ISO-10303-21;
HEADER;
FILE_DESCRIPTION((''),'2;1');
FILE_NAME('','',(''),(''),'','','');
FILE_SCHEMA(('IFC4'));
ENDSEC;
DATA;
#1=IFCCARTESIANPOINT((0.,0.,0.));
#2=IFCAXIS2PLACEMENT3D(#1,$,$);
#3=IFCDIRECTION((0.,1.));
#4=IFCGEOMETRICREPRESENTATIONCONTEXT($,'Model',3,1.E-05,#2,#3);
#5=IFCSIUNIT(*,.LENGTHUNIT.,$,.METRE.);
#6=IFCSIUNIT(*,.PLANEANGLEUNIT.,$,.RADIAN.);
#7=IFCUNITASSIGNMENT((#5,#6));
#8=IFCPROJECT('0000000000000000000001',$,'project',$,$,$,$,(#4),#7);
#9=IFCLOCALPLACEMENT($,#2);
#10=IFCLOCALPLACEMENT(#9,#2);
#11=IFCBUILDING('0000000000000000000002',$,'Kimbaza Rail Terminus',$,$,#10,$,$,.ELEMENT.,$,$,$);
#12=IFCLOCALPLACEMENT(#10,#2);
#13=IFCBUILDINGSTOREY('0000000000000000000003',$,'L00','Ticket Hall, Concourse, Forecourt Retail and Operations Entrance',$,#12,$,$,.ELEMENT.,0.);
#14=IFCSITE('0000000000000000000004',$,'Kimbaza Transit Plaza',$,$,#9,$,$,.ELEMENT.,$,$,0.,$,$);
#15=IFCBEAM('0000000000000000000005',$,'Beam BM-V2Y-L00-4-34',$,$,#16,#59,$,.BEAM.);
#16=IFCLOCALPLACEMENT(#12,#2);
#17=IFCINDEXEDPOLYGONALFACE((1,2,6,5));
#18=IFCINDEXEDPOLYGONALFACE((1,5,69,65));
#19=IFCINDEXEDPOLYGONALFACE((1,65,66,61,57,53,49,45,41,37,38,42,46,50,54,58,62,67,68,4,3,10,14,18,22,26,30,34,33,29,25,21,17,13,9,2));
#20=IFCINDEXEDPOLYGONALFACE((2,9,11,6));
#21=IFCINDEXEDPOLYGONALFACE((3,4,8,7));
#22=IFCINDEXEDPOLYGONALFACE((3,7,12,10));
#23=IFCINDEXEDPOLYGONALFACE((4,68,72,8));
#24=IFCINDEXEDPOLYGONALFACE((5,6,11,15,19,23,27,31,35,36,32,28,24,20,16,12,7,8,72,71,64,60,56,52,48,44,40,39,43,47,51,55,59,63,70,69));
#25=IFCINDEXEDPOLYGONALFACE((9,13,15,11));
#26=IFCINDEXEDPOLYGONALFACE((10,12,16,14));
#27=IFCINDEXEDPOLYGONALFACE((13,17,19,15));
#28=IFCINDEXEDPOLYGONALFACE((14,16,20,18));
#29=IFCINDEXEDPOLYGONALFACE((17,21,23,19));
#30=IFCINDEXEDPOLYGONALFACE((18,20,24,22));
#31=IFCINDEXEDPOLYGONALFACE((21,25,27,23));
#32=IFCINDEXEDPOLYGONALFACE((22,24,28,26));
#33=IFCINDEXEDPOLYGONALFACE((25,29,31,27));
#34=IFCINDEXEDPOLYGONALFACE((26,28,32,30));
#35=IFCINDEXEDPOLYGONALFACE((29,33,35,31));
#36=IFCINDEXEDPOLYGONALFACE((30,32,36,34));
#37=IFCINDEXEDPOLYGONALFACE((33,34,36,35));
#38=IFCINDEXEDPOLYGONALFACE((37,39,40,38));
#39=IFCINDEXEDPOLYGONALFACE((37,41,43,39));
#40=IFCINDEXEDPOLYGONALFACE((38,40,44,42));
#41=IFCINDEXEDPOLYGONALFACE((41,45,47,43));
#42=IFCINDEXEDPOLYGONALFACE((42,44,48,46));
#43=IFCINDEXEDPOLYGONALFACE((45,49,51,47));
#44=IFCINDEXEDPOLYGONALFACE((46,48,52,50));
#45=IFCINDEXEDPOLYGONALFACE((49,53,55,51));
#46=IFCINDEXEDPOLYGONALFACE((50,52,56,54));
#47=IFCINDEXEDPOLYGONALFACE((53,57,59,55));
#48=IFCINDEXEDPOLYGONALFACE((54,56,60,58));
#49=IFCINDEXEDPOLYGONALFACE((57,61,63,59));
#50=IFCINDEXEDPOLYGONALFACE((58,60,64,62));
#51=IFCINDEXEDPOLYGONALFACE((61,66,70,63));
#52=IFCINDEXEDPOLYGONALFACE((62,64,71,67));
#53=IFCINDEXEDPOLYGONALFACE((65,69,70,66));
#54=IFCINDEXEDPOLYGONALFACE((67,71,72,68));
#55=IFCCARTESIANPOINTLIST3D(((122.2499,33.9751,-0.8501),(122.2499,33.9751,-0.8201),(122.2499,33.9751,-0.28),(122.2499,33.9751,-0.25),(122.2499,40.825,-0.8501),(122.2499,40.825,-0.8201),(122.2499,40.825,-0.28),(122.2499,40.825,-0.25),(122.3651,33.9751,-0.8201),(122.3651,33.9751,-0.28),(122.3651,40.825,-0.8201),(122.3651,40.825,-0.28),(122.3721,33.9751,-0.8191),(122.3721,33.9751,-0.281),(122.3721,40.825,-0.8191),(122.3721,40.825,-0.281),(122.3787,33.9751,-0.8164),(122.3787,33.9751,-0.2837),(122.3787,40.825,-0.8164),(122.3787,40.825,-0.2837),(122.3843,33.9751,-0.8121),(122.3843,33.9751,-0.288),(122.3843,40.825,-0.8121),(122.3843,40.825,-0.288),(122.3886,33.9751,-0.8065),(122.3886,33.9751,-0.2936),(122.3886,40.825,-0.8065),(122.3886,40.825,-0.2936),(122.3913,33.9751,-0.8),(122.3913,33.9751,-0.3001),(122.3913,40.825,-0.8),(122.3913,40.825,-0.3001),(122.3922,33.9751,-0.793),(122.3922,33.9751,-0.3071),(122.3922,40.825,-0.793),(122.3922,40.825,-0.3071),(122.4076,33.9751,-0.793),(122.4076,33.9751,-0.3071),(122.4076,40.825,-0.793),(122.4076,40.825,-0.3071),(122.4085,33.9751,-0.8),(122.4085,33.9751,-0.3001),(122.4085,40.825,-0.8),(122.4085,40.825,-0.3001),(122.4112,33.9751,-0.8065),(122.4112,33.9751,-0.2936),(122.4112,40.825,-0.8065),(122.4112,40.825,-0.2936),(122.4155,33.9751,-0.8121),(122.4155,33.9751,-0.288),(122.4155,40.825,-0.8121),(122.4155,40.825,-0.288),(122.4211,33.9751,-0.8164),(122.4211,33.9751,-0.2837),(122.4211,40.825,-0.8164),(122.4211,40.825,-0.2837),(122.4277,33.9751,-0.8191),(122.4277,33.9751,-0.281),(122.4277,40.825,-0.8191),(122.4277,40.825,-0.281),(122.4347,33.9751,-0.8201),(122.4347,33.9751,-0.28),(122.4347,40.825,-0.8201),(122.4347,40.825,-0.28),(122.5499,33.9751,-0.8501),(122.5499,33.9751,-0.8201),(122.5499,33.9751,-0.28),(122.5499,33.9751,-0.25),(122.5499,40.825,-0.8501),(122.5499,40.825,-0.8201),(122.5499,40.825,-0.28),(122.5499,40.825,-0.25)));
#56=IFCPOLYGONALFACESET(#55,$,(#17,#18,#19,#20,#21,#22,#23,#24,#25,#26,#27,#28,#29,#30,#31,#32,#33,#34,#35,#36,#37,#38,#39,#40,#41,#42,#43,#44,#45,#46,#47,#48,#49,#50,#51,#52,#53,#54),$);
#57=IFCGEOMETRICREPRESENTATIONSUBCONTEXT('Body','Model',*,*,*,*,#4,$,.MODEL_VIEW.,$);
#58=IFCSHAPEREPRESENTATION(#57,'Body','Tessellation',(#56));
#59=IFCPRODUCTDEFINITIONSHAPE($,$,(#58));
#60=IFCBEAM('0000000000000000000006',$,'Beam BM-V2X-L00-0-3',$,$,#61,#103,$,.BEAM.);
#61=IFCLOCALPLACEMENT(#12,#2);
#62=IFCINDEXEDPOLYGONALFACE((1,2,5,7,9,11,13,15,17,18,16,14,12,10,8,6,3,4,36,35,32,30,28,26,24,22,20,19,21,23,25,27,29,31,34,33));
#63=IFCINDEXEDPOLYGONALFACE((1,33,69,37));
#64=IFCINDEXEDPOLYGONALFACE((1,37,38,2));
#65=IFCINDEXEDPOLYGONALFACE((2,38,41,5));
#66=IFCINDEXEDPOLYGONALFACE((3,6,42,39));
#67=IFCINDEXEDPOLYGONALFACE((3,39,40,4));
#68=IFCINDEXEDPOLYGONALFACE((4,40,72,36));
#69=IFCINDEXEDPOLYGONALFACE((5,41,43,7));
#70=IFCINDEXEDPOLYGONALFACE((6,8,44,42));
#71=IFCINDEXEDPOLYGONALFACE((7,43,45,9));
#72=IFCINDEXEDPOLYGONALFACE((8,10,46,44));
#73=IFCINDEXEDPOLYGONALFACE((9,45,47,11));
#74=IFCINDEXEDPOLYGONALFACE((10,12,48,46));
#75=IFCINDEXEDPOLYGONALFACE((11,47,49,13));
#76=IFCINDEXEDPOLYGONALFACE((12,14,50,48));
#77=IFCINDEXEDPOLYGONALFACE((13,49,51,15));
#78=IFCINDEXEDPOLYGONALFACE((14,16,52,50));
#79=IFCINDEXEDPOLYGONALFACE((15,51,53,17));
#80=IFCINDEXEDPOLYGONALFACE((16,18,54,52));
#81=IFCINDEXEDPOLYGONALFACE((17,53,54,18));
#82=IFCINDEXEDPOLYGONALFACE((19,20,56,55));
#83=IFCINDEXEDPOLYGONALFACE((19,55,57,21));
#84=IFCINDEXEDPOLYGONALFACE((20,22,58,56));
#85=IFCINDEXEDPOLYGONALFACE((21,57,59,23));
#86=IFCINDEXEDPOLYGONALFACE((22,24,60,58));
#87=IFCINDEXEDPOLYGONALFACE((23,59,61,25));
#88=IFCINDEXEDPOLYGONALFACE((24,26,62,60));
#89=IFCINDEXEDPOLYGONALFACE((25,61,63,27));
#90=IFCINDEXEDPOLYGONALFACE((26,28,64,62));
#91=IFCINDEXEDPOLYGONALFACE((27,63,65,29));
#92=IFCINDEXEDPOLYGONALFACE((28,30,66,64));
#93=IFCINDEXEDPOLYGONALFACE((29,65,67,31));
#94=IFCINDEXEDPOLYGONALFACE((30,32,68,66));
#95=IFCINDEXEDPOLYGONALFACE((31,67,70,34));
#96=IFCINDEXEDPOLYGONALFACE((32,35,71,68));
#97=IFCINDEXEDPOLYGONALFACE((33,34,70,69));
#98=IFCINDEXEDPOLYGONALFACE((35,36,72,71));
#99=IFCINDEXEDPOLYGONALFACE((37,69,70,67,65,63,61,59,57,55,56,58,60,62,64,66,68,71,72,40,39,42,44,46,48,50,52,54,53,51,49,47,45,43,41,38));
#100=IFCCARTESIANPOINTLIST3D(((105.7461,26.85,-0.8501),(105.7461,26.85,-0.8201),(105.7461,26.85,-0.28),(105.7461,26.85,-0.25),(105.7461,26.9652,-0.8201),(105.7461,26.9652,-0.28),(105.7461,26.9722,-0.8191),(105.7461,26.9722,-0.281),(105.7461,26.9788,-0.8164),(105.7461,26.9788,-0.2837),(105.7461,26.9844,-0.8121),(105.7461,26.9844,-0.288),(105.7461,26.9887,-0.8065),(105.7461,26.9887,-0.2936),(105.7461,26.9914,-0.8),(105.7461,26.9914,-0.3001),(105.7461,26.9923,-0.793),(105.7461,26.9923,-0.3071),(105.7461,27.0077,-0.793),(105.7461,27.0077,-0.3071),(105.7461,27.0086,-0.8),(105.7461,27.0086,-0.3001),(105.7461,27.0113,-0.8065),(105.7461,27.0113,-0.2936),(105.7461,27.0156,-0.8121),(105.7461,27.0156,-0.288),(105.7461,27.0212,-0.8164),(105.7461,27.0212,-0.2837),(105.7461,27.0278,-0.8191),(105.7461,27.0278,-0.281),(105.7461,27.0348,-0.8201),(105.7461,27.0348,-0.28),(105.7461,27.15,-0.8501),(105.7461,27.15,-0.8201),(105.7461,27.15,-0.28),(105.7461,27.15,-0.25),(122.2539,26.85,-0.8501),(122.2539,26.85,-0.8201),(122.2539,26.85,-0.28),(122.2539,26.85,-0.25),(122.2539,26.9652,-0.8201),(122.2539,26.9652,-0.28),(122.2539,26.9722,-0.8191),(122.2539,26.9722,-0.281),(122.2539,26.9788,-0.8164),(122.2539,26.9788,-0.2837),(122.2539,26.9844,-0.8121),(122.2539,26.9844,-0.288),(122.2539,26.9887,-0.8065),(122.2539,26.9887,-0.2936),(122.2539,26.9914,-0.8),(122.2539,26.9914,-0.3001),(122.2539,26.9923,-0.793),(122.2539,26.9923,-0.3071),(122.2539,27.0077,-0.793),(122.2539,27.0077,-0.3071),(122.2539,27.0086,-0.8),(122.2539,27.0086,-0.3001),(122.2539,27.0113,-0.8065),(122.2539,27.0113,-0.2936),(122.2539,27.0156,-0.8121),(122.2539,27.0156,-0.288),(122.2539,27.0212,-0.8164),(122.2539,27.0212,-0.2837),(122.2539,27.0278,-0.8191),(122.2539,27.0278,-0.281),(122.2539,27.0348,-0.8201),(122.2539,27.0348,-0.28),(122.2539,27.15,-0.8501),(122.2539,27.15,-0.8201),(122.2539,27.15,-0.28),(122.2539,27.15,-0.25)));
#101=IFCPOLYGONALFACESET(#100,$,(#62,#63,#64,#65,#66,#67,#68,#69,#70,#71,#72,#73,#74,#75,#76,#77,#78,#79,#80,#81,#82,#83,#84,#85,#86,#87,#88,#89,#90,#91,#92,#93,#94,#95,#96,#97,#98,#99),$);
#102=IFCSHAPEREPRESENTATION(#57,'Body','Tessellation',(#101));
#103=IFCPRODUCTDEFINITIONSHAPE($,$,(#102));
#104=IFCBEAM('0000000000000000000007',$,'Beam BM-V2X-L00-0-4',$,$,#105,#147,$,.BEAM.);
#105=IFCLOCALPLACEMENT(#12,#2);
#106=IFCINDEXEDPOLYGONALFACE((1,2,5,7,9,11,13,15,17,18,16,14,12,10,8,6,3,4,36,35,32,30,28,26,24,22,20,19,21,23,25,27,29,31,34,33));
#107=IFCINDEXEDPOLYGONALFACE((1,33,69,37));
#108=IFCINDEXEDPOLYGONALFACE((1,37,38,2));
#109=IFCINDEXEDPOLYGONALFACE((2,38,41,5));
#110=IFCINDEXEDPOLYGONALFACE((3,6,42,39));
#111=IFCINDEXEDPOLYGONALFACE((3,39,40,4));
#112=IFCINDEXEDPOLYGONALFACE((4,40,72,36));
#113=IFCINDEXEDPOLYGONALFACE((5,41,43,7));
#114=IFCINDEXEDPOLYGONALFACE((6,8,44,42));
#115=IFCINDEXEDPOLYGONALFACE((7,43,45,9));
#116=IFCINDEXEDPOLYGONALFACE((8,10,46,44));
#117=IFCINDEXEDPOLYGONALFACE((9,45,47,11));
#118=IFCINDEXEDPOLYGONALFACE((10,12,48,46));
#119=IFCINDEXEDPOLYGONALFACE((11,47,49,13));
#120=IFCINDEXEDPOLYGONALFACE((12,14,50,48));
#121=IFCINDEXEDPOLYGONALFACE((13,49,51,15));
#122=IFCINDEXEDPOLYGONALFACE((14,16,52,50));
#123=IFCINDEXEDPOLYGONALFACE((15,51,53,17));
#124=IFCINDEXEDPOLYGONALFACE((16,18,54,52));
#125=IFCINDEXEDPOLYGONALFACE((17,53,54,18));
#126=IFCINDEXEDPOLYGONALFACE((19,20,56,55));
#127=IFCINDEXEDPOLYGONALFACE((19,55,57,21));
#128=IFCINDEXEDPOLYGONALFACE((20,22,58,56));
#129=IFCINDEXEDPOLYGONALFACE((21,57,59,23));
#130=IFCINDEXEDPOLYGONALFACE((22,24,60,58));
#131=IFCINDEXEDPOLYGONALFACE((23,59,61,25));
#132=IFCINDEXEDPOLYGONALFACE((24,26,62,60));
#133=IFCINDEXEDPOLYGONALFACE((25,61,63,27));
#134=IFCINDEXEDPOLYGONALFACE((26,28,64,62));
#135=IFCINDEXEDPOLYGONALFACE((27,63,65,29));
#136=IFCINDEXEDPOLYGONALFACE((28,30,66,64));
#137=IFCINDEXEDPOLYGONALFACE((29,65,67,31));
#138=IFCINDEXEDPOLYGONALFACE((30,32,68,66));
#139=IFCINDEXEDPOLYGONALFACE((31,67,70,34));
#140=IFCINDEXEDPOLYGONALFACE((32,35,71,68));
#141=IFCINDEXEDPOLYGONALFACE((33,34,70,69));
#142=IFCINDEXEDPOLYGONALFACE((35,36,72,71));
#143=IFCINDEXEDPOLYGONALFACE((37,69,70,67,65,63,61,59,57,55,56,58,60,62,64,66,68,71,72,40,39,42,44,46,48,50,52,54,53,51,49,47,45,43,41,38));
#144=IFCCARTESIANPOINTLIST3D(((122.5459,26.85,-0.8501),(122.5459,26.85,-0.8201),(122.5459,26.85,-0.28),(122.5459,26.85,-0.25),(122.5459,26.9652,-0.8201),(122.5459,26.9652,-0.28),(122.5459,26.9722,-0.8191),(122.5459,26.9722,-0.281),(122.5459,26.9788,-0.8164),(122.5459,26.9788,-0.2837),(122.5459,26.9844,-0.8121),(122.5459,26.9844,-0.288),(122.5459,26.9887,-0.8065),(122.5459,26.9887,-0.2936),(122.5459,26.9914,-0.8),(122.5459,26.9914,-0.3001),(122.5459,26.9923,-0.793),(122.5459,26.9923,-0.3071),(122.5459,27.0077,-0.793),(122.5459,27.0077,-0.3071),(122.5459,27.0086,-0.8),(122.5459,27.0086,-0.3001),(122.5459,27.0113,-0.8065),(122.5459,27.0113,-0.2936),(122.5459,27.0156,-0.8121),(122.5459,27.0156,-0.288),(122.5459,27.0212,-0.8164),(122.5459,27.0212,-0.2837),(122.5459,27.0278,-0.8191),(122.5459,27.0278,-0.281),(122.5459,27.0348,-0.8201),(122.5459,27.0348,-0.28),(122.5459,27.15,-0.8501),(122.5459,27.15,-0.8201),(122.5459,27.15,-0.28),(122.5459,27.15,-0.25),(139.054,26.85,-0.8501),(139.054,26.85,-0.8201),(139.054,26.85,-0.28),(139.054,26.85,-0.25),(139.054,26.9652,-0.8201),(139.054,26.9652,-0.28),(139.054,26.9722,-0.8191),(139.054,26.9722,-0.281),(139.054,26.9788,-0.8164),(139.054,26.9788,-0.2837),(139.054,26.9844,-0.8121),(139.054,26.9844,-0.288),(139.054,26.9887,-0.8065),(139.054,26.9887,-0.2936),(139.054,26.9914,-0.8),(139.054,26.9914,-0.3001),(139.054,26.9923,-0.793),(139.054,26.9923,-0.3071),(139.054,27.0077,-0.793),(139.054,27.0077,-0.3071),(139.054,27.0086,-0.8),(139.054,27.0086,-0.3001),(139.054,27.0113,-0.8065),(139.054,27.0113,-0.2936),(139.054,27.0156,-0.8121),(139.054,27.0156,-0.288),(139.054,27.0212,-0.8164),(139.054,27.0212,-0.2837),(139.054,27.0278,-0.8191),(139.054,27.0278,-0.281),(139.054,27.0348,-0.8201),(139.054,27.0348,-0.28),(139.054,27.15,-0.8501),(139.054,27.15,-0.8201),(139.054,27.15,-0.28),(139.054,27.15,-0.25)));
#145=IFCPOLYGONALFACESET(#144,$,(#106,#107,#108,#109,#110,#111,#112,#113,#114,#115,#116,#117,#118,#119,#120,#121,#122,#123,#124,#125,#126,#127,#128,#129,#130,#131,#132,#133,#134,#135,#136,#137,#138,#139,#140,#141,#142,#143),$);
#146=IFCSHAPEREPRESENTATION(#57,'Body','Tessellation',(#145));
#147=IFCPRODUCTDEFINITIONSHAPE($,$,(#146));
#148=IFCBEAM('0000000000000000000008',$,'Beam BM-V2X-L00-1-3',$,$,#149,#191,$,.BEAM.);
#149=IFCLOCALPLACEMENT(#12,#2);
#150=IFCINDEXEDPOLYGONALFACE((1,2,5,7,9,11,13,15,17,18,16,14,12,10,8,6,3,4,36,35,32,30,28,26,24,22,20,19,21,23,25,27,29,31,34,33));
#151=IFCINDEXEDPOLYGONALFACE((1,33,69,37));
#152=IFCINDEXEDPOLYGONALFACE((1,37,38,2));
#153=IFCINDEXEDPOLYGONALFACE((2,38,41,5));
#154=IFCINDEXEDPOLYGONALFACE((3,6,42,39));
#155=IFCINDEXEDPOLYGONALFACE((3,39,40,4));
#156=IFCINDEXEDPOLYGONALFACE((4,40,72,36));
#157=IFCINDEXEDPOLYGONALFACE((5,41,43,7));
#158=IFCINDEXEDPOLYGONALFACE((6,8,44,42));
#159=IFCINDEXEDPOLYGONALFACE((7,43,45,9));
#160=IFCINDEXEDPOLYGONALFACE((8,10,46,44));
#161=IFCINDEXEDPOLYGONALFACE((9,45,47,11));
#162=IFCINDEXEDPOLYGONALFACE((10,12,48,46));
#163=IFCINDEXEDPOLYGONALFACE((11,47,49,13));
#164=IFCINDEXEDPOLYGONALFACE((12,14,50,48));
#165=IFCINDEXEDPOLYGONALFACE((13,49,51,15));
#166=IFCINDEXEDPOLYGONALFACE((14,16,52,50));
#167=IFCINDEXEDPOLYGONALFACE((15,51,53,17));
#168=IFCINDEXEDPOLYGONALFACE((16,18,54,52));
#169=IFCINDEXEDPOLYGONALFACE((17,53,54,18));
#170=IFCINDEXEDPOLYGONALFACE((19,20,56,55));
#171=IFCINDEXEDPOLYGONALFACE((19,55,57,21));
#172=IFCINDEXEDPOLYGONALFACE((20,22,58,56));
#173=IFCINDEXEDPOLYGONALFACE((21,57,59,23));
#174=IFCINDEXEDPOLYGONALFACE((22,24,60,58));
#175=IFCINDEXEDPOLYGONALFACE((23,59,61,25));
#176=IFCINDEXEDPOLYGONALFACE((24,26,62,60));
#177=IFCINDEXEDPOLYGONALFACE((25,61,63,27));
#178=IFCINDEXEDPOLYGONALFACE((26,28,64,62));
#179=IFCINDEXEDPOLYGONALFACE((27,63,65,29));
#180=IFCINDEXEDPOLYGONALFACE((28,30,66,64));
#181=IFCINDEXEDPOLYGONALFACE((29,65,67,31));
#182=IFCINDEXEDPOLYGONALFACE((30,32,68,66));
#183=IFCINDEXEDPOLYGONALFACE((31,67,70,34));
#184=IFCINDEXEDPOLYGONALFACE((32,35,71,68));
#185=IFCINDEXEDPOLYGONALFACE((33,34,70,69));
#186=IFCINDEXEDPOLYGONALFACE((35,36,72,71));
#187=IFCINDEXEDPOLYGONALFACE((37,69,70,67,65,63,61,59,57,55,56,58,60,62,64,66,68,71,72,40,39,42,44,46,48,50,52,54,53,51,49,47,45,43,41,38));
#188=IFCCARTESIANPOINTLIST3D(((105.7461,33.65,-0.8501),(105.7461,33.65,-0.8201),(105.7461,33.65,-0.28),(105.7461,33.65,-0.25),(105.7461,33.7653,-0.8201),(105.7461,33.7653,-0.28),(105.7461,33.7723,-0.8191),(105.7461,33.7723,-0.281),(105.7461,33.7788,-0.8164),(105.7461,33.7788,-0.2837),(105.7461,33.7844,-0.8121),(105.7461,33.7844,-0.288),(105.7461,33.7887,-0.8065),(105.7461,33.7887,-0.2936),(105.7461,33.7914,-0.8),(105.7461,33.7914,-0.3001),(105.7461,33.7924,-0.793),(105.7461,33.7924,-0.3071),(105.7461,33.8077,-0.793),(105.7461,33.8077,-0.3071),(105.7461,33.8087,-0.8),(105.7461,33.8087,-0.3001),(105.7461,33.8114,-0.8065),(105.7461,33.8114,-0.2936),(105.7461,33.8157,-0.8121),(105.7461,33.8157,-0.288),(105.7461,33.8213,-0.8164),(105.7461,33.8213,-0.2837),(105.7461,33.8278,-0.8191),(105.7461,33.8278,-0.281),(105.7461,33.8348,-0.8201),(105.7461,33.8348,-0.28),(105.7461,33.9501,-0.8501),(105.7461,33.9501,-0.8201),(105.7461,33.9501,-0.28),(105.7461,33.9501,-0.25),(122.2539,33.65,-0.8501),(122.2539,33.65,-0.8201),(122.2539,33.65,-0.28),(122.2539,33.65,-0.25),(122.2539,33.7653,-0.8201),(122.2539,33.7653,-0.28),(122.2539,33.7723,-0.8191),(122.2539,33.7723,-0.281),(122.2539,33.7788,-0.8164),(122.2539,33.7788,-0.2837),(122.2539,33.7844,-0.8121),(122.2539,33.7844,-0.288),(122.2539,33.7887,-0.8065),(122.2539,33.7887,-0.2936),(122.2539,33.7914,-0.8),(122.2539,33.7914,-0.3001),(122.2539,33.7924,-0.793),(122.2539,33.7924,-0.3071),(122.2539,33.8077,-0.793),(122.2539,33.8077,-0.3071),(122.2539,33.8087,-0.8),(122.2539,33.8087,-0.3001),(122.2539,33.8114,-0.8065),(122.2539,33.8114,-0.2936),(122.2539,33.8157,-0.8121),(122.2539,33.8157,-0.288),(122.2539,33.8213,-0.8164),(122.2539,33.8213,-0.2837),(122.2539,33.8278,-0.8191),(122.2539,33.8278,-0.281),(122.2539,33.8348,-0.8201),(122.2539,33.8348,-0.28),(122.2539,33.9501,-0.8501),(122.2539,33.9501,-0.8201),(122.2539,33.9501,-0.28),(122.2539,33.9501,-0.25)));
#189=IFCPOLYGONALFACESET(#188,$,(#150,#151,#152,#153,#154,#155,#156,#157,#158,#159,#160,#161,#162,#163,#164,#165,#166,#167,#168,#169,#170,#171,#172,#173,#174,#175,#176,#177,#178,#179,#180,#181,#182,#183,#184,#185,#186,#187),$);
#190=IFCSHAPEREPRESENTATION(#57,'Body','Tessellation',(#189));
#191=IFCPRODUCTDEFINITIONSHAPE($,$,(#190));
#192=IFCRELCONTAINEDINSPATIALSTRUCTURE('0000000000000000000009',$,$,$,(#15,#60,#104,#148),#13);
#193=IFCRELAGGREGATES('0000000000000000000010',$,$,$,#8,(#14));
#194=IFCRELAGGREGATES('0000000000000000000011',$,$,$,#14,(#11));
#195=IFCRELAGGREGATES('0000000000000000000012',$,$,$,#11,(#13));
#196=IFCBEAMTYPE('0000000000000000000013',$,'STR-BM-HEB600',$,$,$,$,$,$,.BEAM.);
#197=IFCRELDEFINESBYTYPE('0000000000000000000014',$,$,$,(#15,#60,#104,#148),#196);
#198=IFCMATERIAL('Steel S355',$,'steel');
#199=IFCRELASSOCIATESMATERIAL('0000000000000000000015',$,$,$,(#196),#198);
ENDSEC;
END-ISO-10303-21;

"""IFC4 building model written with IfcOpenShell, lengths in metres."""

from ifc_helpers import new_model, si_unit, direction, frame, origin, origin_2d, place, context, subcontext, project, spatial, i_section, extrude, material, material_profile, profile_set, type_object, element, save


model = new_model("IFC4")

# Units and contexts
model_context = context("Model", 3, precision=1e-05, world=origin(), true_north=direction((0.0, 1.0)))
body_context = subcontext(model_context, "Body", "Model", "MODEL_VIEW")
ifc_project = project(units=[si_unit("LENGTHUNIT", "METRE"), si_unit("PLANEANGLEUNIT", "RADIAN")], contexts=[model_context])

# Site, building, storey
site_placement = place(None, origin())
site = spatial("IfcSite", under=ifc_project, at=site_placement, Name="Kimbaza Transit Plaza", CompositionType="ELEMENT", RefElevation=0.0)
building_placement = place(site_placement, origin())
building = spatial("IfcBuilding", under=site, at=building_placement, Name="Kimbaza Rail Terminus", CompositionType="ELEMENT")
storey_placement = place(building_placement, origin())
storey = spatial("IfcBuildingStorey", under=building, at=storey_placement, Name="L00", Description="Ticket Hall, Concourse, Forecourt Retail and Operations Entrance", CompositionType="ELEMENT", Elevation=0.0)

# Beams
ifc_material_1 = material(Name="Steel S355", Category="steel")
ifc_material_profile_1 = material_profile(ifc_material_1, i_section(OverallWidth=0.3, OverallDepth=0.6001, WebThickness=0.0154, FlangeThickness=0.03, FilletRadius=0.0271, at=origin_2d()), Name="HEB 600")
ifc_profile_set_1 = profile_set([ifc_material_profile_1], Name="Steel S355")
beam_type_1 = type_object("IfcBeamType", Name="STR-BM-HEB600", PredefinedType="BEAM", material=ifc_profile_set_1)
beam_1_placement = place(storey_placement, frame((122.3999, 33.9751, -0.55), z_axis=(0.0, 1.0, 0.0), x_axis=(-1.0, 0.0, 0.0)))
element("IfcBeam", 1, at=beam_1_placement, inside=storey, type_object=beam_type_1, Name="Beam BM-V2Y-L00-4-34", PredefinedType="BEAM", context=body_context, shape_type="SweptSolid", body=[
    extrude(i_section(OverallWidth=0.3, OverallDepth=0.6001, WebThickness=0.0154, FlangeThickness=0.03, FilletRadius=0.0271, at=origin_2d()), origin(), (0.0, 0.0, 1.0), 6.8499),
])
beam_2_placement = place(storey_placement, frame((105.7461, 27.0, -0.55), z_axis=(1.0, 0.0, 0.0), x_axis=(0.0, 1.0, 0.0)))
element("IfcBeam", 2, at=beam_2_placement, inside=storey, type_object=beam_type_1, Name="Beam BM-V2X-L00-0-3", PredefinedType="BEAM", context=body_context, shape_type="SweptSolid", body=[
    extrude(i_section(OverallWidth=0.3, OverallDepth=0.6001, WebThickness=0.0154, FlangeThickness=0.03, FilletRadius=0.0271, at=origin_2d()), origin(), (0.0, 0.0, 1.0), 16.5078),
])
beam_3_placement = place(storey_placement, frame((122.5459, 27.0, -0.55), z_axis=(1.0, 0.0, 0.0), x_axis=(0.0, 1.0, 0.0)))
element("IfcBeam", 3, at=beam_3_placement, inside=storey, type_object=beam_type_1, Name="Beam BM-V2X-L00-0-4", PredefinedType="BEAM", context=body_context, shape_type="SweptSolid", body=[
    extrude(i_section(OverallWidth=0.3, OverallDepth=0.6001, WebThickness=0.0154, FlangeThickness=0.03, FilletRadius=0.0271, at=origin_2d()), origin(), (0.0, 0.0, 1.0), 16.5081),
])
beam_4_placement = place(storey_placement, frame((105.7461, 33.8, -0.55), z_axis=(1.0, 0.0, 0.0), x_axis=(0.0, 1.0, 0.0)))
element("IfcBeam", 4, at=beam_4_placement, inside=storey, type_object=beam_type_1, Name="Beam BM-V2X-L00-1-3", PredefinedType="BEAM", context=body_context, shape_type="SweptSolid", body=[
    extrude(i_section(OverallWidth=0.3, OverallDepth=0.6001, WebThickness=0.0154, FlangeThickness=0.03, FilletRadius=0.0271, at=origin_2d()), origin(), (0.0, 0.0, 1.0), 16.5078),
])

save(model, "model.ifc")
